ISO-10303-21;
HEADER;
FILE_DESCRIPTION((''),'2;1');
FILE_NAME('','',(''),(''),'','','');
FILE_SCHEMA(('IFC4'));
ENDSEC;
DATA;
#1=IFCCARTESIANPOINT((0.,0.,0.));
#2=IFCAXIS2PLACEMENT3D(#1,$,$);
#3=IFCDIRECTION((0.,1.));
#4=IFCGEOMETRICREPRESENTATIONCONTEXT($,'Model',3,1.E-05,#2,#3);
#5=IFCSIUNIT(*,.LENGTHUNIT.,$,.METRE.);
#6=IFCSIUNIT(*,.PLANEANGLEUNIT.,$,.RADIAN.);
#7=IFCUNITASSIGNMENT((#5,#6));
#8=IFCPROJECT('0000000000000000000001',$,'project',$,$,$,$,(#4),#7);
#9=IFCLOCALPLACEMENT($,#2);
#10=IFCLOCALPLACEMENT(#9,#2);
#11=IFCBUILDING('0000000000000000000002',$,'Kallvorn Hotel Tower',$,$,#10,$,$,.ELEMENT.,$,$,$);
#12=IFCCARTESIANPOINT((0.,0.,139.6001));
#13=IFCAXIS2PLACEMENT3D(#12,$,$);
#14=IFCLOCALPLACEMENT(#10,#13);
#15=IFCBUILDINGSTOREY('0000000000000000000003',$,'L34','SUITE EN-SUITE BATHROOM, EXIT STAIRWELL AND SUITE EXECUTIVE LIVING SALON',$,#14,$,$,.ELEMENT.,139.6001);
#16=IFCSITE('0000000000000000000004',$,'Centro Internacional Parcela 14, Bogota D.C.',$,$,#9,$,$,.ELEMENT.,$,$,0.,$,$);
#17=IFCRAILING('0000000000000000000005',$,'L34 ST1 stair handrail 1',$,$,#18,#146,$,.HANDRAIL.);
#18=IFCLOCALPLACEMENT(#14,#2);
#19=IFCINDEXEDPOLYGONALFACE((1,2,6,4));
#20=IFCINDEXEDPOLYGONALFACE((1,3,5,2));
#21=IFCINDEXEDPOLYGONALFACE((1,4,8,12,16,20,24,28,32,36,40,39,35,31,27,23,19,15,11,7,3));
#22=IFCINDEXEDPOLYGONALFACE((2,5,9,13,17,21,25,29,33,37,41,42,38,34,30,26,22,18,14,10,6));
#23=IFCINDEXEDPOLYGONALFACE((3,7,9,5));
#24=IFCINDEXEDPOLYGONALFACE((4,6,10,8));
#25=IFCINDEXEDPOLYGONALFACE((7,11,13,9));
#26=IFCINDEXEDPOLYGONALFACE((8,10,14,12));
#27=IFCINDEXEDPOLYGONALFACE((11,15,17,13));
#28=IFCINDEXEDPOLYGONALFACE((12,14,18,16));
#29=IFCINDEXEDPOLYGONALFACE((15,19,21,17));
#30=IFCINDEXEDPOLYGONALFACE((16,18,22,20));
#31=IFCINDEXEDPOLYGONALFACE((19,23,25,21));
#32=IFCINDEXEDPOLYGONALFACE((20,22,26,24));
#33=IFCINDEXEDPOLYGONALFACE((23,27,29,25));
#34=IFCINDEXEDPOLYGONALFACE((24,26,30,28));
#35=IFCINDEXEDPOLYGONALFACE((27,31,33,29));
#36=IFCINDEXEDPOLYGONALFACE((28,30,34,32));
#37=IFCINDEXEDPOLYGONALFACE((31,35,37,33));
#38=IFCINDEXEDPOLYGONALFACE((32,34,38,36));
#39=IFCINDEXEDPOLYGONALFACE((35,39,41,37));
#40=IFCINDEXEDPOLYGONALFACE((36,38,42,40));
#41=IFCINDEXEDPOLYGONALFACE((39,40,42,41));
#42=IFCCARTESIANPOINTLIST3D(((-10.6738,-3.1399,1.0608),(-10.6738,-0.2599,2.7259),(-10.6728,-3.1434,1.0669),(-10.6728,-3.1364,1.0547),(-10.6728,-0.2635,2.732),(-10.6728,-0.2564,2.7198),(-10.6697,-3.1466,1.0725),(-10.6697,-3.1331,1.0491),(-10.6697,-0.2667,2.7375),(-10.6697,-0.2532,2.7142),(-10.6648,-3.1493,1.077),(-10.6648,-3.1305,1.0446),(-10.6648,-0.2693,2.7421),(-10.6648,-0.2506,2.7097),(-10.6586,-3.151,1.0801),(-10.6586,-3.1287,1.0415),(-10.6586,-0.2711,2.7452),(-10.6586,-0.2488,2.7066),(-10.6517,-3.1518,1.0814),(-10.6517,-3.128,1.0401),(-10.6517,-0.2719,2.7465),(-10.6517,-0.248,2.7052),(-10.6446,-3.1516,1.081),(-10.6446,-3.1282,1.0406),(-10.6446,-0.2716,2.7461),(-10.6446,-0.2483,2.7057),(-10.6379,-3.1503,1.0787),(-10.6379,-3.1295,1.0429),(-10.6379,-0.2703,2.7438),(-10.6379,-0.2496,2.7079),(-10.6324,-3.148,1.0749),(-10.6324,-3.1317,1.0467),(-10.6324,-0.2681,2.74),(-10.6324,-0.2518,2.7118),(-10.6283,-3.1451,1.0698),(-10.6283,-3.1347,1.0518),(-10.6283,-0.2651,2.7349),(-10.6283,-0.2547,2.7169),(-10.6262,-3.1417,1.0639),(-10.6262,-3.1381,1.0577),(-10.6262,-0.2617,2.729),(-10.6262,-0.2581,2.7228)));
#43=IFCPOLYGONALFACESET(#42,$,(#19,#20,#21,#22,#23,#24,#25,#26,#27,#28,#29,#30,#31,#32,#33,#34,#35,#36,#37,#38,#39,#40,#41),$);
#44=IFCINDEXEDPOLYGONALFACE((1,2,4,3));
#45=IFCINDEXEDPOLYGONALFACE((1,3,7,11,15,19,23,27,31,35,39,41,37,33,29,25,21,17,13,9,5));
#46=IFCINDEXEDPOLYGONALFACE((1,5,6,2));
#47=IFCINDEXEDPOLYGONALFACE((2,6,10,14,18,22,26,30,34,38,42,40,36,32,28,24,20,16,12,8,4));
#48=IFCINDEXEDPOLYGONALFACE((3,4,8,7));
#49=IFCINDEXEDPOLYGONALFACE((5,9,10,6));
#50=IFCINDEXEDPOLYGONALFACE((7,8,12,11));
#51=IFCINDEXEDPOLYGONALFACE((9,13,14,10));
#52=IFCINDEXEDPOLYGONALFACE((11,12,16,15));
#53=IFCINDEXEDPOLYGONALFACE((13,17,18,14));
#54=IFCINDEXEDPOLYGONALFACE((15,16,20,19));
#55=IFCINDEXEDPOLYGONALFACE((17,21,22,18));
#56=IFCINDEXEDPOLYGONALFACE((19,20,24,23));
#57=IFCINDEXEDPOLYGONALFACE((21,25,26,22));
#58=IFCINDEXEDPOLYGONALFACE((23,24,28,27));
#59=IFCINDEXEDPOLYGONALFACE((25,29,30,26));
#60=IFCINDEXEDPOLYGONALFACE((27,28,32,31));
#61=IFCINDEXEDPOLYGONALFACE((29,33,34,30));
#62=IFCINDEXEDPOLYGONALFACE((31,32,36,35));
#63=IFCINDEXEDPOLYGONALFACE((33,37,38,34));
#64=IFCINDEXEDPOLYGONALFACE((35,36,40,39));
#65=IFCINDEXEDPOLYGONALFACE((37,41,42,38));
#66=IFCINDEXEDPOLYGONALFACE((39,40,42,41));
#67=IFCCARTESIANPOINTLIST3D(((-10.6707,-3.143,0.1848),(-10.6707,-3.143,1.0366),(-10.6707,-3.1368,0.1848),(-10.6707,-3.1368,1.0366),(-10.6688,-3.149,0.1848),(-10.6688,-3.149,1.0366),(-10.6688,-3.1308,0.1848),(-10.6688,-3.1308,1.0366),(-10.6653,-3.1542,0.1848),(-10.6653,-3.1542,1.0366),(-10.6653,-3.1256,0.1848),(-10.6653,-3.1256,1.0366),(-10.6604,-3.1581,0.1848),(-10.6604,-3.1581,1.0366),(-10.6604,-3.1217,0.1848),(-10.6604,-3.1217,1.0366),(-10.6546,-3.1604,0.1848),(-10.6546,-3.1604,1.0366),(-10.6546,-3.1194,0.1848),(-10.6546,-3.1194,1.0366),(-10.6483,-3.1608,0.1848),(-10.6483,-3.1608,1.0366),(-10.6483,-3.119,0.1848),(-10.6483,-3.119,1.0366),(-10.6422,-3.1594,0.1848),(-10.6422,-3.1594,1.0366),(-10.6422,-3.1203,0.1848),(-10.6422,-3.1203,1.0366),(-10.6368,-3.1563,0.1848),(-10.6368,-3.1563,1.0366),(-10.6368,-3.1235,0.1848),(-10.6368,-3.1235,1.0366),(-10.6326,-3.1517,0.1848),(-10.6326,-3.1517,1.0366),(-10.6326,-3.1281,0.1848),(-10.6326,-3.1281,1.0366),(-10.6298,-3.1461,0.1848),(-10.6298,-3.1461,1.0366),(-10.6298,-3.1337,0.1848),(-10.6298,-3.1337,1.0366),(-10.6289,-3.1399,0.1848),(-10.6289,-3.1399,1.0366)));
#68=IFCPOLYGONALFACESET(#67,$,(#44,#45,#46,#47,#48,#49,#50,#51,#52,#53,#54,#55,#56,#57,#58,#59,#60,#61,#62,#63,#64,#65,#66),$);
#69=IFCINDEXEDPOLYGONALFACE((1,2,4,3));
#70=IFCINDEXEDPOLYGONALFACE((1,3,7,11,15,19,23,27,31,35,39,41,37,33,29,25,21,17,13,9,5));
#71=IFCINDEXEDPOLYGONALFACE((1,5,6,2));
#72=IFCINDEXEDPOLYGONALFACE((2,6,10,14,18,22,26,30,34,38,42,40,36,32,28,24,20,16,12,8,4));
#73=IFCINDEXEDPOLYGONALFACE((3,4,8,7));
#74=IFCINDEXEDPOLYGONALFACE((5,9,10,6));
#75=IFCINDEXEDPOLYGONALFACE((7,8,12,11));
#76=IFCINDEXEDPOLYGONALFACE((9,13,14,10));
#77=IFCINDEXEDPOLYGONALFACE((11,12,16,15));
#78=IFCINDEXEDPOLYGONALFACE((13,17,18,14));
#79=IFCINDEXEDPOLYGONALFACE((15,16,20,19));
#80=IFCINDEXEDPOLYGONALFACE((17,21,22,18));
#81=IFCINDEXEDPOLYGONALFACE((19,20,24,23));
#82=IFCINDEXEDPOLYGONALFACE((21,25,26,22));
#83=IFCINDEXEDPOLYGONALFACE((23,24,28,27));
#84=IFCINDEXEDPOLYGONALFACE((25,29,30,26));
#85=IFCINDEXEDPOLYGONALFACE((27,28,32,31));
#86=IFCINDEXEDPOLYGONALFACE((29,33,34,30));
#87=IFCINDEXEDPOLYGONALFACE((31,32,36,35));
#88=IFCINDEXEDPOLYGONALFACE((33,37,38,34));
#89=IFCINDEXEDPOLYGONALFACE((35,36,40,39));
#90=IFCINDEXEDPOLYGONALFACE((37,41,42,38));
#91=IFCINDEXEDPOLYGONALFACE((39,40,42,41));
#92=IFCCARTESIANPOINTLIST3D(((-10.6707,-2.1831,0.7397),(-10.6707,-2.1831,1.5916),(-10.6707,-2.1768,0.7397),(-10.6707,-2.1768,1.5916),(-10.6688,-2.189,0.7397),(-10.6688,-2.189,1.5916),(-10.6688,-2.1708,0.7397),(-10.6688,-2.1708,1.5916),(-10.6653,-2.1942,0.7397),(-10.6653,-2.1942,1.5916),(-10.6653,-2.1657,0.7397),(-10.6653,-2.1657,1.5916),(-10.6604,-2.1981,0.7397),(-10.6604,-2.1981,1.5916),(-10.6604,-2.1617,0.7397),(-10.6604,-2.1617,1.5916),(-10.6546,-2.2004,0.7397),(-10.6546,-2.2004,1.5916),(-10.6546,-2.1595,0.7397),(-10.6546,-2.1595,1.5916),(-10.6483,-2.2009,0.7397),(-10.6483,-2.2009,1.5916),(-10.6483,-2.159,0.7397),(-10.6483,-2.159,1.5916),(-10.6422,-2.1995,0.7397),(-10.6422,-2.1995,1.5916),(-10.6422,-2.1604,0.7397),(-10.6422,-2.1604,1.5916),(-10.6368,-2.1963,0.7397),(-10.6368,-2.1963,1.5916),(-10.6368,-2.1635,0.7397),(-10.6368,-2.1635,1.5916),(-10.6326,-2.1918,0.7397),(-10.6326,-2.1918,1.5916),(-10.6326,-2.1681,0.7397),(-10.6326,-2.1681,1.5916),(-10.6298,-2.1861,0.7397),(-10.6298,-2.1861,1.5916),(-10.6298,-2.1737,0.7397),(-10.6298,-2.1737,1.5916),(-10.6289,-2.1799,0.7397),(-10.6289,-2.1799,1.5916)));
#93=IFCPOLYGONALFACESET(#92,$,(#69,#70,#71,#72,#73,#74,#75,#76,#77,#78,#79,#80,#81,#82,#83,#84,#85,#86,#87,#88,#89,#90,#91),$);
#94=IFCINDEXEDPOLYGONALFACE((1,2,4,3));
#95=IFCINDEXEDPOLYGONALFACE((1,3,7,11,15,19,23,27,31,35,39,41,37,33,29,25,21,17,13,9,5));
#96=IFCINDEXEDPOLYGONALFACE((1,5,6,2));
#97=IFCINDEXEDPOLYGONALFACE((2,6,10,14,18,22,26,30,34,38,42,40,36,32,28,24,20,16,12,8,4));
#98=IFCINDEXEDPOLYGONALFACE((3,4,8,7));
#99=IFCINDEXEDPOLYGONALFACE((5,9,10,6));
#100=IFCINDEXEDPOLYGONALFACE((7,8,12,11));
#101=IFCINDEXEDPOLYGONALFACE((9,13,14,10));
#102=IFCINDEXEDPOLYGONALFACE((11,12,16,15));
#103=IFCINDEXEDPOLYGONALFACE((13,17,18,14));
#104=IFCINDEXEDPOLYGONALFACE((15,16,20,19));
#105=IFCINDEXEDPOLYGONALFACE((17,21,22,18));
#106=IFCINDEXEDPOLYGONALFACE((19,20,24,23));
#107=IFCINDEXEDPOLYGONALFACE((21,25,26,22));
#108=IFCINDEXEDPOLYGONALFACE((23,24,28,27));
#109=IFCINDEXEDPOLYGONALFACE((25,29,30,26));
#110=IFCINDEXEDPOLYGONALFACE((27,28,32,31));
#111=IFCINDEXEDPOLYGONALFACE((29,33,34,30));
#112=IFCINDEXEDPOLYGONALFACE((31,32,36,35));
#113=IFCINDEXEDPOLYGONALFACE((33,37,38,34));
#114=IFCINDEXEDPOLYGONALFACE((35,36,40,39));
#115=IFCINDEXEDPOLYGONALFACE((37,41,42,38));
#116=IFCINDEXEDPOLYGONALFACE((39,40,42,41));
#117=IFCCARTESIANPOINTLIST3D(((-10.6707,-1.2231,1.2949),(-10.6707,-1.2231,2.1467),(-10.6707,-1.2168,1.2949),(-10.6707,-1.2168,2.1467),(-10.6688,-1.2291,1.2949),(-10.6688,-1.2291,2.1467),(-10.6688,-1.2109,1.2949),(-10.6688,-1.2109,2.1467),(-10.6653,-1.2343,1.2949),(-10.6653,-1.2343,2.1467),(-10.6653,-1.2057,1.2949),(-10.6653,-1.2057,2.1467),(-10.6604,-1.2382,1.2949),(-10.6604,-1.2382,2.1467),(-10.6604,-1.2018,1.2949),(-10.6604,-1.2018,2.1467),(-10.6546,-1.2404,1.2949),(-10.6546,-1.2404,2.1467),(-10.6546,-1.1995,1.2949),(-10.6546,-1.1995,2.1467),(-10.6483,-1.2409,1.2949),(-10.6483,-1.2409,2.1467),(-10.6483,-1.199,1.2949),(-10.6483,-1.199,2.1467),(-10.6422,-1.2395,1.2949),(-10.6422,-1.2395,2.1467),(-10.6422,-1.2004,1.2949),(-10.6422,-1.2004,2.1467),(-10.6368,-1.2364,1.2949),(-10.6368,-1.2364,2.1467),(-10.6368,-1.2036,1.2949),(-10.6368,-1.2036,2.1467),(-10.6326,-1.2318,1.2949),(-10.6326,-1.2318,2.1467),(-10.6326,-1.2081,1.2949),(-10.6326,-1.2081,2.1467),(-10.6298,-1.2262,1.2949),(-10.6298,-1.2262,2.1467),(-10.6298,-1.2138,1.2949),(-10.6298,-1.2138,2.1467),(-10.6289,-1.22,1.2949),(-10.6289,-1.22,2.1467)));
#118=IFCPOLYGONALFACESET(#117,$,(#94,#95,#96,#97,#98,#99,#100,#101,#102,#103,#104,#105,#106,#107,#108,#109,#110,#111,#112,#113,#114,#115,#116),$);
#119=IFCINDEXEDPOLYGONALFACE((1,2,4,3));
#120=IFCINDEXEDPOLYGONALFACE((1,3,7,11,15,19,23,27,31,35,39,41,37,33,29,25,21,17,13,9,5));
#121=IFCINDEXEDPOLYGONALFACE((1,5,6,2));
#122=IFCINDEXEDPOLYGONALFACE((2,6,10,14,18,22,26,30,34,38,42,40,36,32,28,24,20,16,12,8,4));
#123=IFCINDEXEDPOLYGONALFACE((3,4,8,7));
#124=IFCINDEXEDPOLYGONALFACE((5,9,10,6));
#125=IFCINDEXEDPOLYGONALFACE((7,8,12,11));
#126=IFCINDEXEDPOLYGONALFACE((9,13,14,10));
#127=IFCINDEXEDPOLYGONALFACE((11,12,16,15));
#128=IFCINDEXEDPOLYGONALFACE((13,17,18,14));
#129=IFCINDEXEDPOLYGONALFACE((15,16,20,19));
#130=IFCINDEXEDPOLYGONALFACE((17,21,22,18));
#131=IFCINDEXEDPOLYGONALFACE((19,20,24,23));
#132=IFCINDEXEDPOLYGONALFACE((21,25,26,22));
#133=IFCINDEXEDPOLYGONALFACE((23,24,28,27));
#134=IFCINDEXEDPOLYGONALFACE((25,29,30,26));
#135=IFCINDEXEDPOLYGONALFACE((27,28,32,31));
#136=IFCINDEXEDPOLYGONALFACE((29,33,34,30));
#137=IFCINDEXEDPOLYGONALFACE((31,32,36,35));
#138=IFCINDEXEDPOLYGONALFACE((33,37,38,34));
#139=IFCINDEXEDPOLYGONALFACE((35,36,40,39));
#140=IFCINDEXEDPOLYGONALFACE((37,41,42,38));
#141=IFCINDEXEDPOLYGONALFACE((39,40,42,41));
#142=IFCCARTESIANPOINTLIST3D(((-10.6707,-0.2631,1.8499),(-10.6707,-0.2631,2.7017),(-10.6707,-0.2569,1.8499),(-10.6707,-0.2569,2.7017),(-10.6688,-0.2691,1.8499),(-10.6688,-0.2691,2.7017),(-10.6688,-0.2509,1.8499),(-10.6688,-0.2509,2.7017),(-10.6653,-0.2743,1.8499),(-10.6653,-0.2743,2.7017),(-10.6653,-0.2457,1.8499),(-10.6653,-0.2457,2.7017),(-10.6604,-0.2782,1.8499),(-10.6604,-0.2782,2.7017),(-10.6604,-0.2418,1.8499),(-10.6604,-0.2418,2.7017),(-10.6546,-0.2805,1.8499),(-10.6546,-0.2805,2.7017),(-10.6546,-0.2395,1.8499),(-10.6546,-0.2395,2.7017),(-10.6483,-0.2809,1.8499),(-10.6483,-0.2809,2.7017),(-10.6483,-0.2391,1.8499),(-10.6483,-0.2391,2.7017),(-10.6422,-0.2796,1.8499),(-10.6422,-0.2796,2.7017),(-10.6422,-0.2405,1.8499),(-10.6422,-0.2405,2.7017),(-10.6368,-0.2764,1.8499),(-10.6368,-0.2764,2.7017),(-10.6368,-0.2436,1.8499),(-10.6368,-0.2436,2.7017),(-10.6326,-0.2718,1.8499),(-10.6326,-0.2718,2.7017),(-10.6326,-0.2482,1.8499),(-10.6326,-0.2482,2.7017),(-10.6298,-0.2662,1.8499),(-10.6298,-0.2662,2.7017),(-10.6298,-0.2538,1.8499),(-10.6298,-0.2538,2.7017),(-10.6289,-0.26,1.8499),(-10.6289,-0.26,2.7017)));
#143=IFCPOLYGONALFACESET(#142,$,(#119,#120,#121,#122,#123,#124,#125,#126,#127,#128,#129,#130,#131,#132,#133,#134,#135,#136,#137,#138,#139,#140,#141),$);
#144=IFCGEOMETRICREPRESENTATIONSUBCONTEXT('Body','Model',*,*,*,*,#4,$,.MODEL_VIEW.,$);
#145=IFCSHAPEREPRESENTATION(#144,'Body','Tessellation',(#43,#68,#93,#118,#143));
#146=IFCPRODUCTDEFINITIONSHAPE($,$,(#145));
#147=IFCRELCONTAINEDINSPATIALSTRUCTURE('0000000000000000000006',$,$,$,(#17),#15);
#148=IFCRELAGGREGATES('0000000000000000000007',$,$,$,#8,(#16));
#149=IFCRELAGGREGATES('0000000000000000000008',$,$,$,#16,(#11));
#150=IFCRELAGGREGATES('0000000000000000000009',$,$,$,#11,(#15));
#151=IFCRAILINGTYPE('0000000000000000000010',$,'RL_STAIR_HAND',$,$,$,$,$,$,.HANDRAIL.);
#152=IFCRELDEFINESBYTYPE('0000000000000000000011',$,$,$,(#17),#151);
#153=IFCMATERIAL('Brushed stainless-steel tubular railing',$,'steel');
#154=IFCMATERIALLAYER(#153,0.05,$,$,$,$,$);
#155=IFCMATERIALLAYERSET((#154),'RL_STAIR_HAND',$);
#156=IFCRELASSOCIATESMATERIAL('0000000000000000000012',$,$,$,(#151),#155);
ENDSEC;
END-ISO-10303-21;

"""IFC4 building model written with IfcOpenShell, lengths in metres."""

from ifc_helpers import new_model, si_unit, direction, frame, origin, origin_2d, place, context, subcontext, project, spatial, circle, extrude, material, layer, layer_set, type_object, element, save


model = new_model("IFC4")

# Units and contexts
model_context = context("Model", 3, precision=1e-05, world=origin(), true_north=direction((0.0, 1.0)))
body_context = subcontext(model_context, "Body", "Model", "MODEL_VIEW")
ifc_project = project(units=[si_unit("LENGTHUNIT", "METRE"), si_unit("PLANEANGLEUNIT", "RADIAN")], contexts=[model_context])

# Site, building, storey
site_placement = place(None, origin())
site = spatial("IfcSite", under=ifc_project, at=site_placement, Name="Centro Internacional Parcela 14, Bogota D.C.", CompositionType="ELEMENT", RefElevation=0.0)
building_placement = place(site_placement, origin())
building = spatial("IfcBuilding", under=site, at=building_placement, Name="Kallvorn Hotel Tower", CompositionType="ELEMENT")
storey_placement = place(building_placement, frame((0.0, 0.0, 139.6001)))
storey = spatial("IfcBuildingStorey", under=building, at=storey_placement, Name="L34", Description="SUITE EN-SUITE BATHROOM, EXIT STAIRWELL AND SUITE EXECUTIVE LIVING SALON", CompositionType="ELEMENT", Elevation=139.6001)

# Railing
ifc_material_1 = material(Name="Brushed stainless-steel tubular railing", Category="steel")
ifc_layer_1 = layer(ifc_material_1, 0.05)
ifc_layer_set_1 = layer_set([ifc_layer_1], Name="RL_STAIR_HAND")
railing_type_1 = type_object("IfcRailingType", Name="RL_STAIR_HAND", PredefinedType="HANDRAIL", material=ifc_layer_set_1)
railing_1_placement = place(storey_placement, frame((-10.6499, -3.1399, 0.1848)))
element("IfcRailing", 1, at=railing_1_placement, inside=storey, type_object=railing_type_1, Name="L34 ST1 stair handrail 1", PredefinedType="HANDRAIL", context=body_context, shape_type="SweptSolid", body=[
    extrude(circle(Radius=0.0239, at=origin_2d()), frame((0.0, 0.0, 0.876), z_axis=(0.0, 0.865721, 0.500527), x_axis=(-1.0, 0.0, 0.0)), (0.0, 0.0, 1.0), 3.3267),
    extrude(circle(Radius=0.021, at=origin_2d()), origin(), (0.0, 0.0, 1.0), 0.8518),
    extrude(circle(Radius=0.021, at=origin_2d()), frame((0.0, 0.96, 0.5549)), (0.0, 0.0, 1.0), 0.8518),
    extrude(circle(Radius=0.021, at=origin_2d()), frame((0.0, 1.9199, 1.1101)), (0.0, 0.0, 1.0), 0.8518),
    extrude(circle(Radius=0.021, at=origin_2d()), frame((0.0, 2.8799, 1.665)), (0.0, 0.0, 1.0), 0.8518),
])

save(model, "model.ifc")
